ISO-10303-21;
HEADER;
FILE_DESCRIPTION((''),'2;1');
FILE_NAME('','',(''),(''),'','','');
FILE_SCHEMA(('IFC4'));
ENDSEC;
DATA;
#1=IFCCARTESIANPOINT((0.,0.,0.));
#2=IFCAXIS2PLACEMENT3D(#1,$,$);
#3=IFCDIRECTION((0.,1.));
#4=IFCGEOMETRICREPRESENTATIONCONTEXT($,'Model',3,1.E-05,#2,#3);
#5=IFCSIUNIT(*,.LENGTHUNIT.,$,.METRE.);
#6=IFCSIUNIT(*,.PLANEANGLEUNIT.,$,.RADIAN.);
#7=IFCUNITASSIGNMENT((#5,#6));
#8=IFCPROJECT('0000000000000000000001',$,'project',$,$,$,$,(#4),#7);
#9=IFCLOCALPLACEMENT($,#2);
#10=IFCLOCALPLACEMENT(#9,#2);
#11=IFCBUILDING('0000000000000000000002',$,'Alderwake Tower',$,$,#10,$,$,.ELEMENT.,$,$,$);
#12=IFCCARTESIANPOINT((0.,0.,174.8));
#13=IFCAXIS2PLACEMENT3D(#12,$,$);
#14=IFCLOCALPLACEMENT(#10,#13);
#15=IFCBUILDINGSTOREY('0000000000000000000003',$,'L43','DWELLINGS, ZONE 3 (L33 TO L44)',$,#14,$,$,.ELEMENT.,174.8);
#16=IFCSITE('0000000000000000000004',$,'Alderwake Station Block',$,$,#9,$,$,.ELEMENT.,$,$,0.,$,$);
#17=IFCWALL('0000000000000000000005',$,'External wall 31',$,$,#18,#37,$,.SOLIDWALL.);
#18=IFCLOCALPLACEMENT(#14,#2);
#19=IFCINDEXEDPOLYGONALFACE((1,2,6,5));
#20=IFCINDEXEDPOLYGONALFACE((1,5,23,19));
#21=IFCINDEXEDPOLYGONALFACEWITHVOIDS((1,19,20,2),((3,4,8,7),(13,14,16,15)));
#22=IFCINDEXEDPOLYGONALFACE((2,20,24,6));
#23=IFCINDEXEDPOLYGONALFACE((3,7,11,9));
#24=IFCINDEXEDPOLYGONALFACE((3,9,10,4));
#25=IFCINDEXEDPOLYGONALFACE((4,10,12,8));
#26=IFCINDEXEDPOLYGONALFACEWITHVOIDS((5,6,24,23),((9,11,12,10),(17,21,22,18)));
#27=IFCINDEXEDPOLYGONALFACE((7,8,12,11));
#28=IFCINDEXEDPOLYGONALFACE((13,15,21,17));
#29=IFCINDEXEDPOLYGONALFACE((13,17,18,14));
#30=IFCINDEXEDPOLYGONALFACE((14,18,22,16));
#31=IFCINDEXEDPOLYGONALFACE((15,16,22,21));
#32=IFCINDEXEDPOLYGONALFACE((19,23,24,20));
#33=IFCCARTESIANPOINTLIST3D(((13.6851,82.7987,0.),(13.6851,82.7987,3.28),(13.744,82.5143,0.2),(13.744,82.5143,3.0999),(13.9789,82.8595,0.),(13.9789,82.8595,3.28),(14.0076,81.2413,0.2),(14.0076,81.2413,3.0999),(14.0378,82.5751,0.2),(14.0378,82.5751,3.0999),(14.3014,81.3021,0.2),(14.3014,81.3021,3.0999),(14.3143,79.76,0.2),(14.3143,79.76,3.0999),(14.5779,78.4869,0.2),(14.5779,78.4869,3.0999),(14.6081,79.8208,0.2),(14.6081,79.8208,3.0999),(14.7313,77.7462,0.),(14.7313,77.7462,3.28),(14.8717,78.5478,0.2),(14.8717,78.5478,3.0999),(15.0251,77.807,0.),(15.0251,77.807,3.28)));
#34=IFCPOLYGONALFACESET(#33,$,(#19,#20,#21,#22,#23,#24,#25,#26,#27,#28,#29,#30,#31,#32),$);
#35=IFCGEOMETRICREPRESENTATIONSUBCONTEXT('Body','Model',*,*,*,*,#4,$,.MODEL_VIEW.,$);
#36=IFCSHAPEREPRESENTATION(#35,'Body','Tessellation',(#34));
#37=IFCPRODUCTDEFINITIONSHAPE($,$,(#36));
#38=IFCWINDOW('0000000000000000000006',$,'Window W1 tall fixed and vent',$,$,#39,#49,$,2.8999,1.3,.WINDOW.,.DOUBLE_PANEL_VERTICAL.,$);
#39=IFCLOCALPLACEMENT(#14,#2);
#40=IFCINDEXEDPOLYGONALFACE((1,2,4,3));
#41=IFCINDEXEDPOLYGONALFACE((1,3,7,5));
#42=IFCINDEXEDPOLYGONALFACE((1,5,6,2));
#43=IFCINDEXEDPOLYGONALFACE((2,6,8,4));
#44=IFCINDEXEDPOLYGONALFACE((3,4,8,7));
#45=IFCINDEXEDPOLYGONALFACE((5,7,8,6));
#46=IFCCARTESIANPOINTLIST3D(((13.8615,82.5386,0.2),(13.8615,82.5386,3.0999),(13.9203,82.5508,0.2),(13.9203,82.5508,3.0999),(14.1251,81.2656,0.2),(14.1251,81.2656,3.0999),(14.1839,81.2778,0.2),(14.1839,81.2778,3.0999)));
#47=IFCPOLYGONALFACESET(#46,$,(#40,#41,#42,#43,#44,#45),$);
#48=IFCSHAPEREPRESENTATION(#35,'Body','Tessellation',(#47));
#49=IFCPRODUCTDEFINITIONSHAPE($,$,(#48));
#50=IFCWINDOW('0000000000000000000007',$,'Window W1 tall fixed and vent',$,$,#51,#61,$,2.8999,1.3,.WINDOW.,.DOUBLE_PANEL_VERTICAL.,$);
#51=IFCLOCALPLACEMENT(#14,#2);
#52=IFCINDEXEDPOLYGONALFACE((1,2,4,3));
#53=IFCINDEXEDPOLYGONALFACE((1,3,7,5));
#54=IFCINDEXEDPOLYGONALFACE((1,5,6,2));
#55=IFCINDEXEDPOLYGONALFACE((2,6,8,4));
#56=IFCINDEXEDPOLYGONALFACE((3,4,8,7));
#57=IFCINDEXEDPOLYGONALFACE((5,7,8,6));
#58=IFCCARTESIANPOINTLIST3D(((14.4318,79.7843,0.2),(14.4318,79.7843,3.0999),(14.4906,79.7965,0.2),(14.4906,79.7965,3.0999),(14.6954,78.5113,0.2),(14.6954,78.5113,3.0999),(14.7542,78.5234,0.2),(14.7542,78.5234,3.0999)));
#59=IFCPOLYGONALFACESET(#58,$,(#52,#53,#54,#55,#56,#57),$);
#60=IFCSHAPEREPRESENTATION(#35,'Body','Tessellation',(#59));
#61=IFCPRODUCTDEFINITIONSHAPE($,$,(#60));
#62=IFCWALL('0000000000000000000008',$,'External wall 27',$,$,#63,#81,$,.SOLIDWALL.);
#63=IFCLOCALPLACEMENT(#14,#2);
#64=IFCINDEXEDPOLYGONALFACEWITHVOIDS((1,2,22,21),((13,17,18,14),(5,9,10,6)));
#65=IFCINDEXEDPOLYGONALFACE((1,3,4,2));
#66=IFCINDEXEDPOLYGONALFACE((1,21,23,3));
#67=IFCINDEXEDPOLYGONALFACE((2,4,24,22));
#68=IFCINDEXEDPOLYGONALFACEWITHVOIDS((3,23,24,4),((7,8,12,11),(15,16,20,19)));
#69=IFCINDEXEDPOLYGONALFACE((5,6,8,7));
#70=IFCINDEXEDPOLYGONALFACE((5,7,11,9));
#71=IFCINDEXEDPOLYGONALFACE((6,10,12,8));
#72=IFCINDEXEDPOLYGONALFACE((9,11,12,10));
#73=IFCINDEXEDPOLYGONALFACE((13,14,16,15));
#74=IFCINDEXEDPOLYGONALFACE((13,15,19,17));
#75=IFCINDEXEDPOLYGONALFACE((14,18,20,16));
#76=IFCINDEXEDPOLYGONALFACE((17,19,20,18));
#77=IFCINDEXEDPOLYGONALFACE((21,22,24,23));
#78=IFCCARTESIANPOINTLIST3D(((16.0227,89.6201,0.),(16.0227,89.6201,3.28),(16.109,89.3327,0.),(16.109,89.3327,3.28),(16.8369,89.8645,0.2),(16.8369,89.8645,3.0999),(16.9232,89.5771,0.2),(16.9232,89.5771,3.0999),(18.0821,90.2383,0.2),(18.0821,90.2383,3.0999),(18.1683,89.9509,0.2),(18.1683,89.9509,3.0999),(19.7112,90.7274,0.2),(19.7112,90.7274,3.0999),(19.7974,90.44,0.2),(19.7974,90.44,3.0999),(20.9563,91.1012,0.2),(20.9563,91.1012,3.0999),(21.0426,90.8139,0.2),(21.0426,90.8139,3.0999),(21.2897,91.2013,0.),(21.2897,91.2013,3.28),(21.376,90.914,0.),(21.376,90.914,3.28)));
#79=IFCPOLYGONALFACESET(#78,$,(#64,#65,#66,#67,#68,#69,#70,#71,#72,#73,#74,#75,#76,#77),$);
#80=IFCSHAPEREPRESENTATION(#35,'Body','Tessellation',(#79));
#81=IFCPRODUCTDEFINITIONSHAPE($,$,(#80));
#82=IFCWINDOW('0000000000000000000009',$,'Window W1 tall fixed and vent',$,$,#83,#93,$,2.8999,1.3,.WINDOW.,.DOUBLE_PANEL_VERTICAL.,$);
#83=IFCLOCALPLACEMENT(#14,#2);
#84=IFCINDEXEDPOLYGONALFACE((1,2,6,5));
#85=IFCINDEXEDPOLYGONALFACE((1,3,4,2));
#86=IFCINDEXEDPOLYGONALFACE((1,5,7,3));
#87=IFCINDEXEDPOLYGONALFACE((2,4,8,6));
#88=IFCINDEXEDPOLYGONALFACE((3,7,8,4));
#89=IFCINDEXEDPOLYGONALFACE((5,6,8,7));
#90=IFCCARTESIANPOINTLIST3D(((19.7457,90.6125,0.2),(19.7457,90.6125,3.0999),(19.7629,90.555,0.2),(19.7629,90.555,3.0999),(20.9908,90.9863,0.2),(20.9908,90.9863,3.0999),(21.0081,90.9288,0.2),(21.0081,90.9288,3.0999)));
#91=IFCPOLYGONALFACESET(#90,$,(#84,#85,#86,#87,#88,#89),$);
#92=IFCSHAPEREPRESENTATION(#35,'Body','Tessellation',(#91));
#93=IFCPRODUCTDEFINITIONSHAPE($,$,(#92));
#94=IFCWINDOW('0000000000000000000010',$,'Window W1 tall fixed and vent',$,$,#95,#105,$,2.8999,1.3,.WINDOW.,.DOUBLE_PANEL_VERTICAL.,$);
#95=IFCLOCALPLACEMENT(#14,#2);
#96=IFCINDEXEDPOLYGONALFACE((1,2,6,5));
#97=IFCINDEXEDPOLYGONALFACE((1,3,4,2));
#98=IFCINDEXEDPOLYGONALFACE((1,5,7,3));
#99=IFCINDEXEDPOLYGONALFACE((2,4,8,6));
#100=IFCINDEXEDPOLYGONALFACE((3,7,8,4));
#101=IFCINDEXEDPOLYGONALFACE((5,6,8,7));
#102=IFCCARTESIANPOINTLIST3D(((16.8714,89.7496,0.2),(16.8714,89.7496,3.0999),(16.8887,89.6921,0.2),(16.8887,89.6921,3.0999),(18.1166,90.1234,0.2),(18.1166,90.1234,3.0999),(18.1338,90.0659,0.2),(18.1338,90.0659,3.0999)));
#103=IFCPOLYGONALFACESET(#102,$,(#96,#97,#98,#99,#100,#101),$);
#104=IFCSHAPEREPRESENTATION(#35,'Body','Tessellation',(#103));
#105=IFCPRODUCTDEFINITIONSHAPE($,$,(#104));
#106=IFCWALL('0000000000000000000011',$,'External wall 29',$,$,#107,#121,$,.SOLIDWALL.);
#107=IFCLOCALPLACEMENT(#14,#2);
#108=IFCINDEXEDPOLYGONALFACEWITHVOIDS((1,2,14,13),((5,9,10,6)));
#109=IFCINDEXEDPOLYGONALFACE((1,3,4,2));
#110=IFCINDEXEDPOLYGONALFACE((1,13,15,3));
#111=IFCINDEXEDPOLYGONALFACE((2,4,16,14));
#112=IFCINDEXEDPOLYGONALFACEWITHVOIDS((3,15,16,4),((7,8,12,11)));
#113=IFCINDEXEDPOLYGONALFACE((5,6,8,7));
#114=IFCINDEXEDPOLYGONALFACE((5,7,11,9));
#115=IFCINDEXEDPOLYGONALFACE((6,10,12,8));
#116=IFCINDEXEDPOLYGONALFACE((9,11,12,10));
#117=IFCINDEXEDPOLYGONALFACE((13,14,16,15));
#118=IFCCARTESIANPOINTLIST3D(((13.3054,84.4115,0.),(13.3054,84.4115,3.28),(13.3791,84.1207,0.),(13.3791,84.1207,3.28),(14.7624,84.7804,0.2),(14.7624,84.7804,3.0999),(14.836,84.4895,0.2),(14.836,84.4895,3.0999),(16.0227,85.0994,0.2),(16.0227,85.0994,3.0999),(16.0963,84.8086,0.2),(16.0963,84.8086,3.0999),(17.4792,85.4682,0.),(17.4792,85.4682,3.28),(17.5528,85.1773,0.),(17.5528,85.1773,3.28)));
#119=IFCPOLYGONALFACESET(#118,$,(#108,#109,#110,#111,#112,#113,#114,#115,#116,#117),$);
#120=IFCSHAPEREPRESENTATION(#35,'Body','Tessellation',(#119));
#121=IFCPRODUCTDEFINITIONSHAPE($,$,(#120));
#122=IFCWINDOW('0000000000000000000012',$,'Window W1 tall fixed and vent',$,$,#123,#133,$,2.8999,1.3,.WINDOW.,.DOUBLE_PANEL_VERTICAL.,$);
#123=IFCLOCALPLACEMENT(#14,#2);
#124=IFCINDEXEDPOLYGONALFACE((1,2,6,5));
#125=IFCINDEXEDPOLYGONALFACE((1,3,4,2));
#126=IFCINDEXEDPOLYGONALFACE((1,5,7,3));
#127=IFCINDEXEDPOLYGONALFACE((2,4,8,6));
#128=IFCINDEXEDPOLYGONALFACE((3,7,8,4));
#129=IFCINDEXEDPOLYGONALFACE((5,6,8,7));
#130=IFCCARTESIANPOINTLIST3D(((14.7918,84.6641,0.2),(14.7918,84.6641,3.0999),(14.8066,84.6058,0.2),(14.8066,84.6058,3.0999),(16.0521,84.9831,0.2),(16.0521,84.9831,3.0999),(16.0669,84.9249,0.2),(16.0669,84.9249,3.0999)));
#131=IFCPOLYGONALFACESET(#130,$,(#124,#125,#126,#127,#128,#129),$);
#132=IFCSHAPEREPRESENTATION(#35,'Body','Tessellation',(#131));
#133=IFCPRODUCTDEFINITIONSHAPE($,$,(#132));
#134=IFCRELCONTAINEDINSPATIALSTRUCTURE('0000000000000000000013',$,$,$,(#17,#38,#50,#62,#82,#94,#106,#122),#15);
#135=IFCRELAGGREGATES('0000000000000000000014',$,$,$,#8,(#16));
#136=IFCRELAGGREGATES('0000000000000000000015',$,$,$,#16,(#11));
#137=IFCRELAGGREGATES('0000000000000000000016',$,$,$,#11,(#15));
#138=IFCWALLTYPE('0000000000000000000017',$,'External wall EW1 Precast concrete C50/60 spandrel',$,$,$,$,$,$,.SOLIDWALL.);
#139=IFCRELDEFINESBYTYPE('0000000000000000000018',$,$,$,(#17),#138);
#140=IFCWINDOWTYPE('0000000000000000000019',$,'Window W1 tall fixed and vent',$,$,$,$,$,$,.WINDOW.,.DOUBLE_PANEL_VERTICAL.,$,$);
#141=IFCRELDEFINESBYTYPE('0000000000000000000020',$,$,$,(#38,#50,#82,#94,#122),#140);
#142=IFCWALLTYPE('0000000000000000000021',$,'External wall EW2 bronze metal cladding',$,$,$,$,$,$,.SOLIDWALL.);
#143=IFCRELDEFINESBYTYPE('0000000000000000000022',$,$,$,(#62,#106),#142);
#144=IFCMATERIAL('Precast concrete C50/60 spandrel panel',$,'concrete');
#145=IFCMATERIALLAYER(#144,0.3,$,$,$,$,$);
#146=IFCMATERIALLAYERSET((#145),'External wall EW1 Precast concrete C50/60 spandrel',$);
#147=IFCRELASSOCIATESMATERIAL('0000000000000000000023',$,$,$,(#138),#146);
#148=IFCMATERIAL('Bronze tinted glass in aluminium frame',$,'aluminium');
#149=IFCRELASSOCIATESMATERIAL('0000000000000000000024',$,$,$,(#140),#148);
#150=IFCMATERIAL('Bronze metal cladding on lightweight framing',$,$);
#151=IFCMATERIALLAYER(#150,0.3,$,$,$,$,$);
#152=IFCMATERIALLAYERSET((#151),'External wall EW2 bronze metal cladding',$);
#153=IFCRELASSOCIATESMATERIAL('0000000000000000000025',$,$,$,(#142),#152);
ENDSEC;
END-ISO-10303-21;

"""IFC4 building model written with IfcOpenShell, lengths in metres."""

from ifc_helpers import new_model, si_unit, direction, frame, frame_2d, origin, place, context, subcontext, project, spatial, rectangle, extrude, material, layer, layer_set, type_object, element, fill, save


model = new_model("IFC4")

# Units and contexts
model_context = context("Model", 3, precision=1e-05, world=origin(), true_north=direction((0.0, 1.0)))
body_context = subcontext(model_context, "Body", "Model", "MODEL_VIEW")
ifc_project = project(units=[si_unit("LENGTHUNIT", "METRE"), si_unit("PLANEANGLEUNIT", "RADIAN")], contexts=[model_context])

# Site, building, storey
site_placement = place(None, origin())
site = spatial("IfcSite", under=ifc_project, at=site_placement, Name="Alderwake Station Block", CompositionType="ELEMENT", RefElevation=0.0)
building_placement = place(site_placement, origin())
building = spatial("IfcBuilding", under=site, at=building_placement, Name="Alderwake Tower", CompositionType="ELEMENT")
storey_placement = place(building_placement, frame((0.0, 0.0, 174.8)))
storey = spatial("IfcBuildingStorey", under=building, at=storey_placement, Name="L43", Description="DWELLINGS, ZONE 3 (L33 TO L44)", CompositionType="ELEMENT", Elevation=174.8)

# Shared definitions
ifc_material_1 = material(Name="Precast concrete C50/60 spandrel panel", Category="concrete")
ifc_layer_1 = layer(ifc_material_1, 0.3)
ifc_layer_set_1 = layer_set([ifc_layer_1], Name="External wall EW1 Precast concrete C50/60 spandrel")
wall_type_1 = type_object("IfcWallType", Name="External wall EW1 Precast concrete C50/60 spandrel", PredefinedType="SOLIDWALL", material=ifc_layer_set_1)

# Walls, openings, windows
wall_1_placement = place(storey_placement, frame((13.832, 82.8291, 0.0), z_axis=(0.0, 0.0, 1.0), x_axis=(0.202754, -0.97923, 0.0)))
wall_1 = element("IfcWall", 1, at=wall_1_placement, inside=storey, type_object=wall_type_1, Name="External wall 31", PredefinedType="SOLIDWALL", context=body_context, shape_type="SweptSolid", body=[
    extrude(rectangle(XDim=5.1597, YDim=0.3, at=frame_2d((2.5798, 0.0))), origin(), (0.0, 0.0, 1.0), 3.28),
])
opening_1_placement = place(wall_1_placement, frame((0.2905, 0.0, 0.2)))
opening_1 = element("IfcOpeningElement", 2, at=opening_1_placement, cuts=wall_1, PredefinedType="OPENING", context=body_context, shape_type="SweptSolid", body=[
    extrude(rectangle(XDim=1.3, YDim=2.8999, at=frame_2d((0.6499, 1.45))), frame((0.0, 0.1599, 0.0), z_axis=(0.0, -1.0, 0.0), x_axis=(1.0, 0.0, 0.0)), (0.0, 0.0, 1.0), 0.3201),
])
opening_2_placement = place(wall_1_placement, frame((3.1033, 0.0, 0.2)))
opening_2 = element("IfcOpeningElement", 3, at=opening_2_placement, cuts=wall_1, PredefinedType="OPENING", context=body_context, shape_type="SweptSolid", body=[
    extrude(rectangle(XDim=1.3, YDim=2.8999, at=frame_2d((0.6499, 1.45))), frame((0.0, 0.1599, 0.0), z_axis=(0.0, -1.0, 0.0), x_axis=(1.0, 0.0, 0.0)), (0.0, 0.0, 1.0), 0.3201),
])
ifc_material_2 = material(Name="Bronze tinted glass in aluminium frame", Category="aluminium")
window_type = type_object("IfcWindowType", Name="Window W1 tall fixed and vent", PartitioningType="DOUBLE_PANEL_VERTICAL", PredefinedType="WINDOW", material=ifc_material_2)
window_1_placement = place(opening_1_placement, origin())
window_1 = element("IfcWindow", 4, at=window_1_placement, inside=storey, type_object=window_type, Name="Window W1 tall fixed and vent", OverallHeight=2.8999, OverallWidth=1.3, PartitioningType="DOUBLE_PANEL_VERTICAL", PredefinedType="WINDOW", context=body_context, shape_type="SweptSolid", body=[
    extrude(rectangle(XDim=1.3, YDim=2.8999, at=frame_2d((0.6499, 1.45))), frame((0.0, 0.03, 0.0), z_axis=(0.0, -1.0, 0.0), x_axis=(1.0, 0.0, 0.0)), (0.0, 0.0, 1.0), 0.0601),
])
fill(opening_1, window_1)
window_2_placement = place(opening_2_placement, origin())
window_2 = element("IfcWindow", 5, at=window_2_placement, inside=storey, type_object=window_type, Name="Window W1 tall fixed and vent", OverallHeight=2.8999, OverallWidth=1.3, PartitioningType="DOUBLE_PANEL_VERTICAL", PredefinedType="WINDOW", context=body_context, shape_type="SweptSolid", body=[
    extrude(rectangle(XDim=1.3, YDim=2.8999, at=frame_2d((0.6499, 1.45))), frame((0.0, 0.03, 0.0), z_axis=(0.0, -1.0, 0.0), x_axis=(1.0, 0.0, 0.0)), (0.0, 0.0, 1.0), 0.0601),
])
fill(opening_2, window_2)
ifc_material_3 = material(Name="Bronze metal cladding on lightweight framing")
ifc_layer_2 = layer(ifc_material_3, 0.3)
ifc_layer_set_2 = layer_set([ifc_layer_2], Name="External wall EW2 bronze metal cladding")
wall_type_2 = type_object("IfcWallType", Name="External wall EW2 bronze metal cladding", PredefinedType="SOLIDWALL", material=ifc_layer_set_2)
wall_2_placement = place(storey_placement, frame((21.3328, 91.0576, 0.0), z_axis=(0.0, 0.0, 1.0), x_axis=(-0.957768, -0.287543, 0.0)))
wall_2 = element("IfcWall", 6, at=wall_2_placement, inside=storey, type_object=wall_type_2, Name="External wall 27", PredefinedType="SOLIDWALL", context=body_context, shape_type="SweptSolid", body=[
    extrude(rectangle(XDim=5.4993, YDim=0.3, at=frame_2d((2.7495, 0.0))), origin(), (0.0, 0.0, 1.0), 3.28),
])
opening_3_placement = place(wall_2_placement, frame((0.3481, 0.0, 0.2)))
opening_3 = element("IfcOpeningElement", 7, at=opening_3_placement, cuts=wall_2, PredefinedType="OPENING", context=body_context, shape_type="SweptSolid", body=[
    extrude(rectangle(XDim=1.3, YDim=2.8999, at=frame_2d((0.6499, 1.45))), frame((0.0, 0.1599, 0.0), z_axis=(0.0, -1.0, 0.0), x_axis=(1.0, 0.0, 0.0)), (0.0, 0.0, 1.0), 0.3201),
])
opening_4_placement = place(wall_2_placement, frame((3.3491, 0.0, 0.2)))
opening_4 = element("IfcOpeningElement", 8, at=opening_4_placement, cuts=wall_2, PredefinedType="OPENING", context=body_context, shape_type="SweptSolid", body=[
    extrude(rectangle(XDim=1.3, YDim=2.8999, at=frame_2d((0.6499, 1.45))), frame((0.0, 0.1599, 0.0), z_axis=(0.0, -1.0, 0.0), x_axis=(1.0, 0.0, 0.0)), (0.0, 0.0, 1.0), 0.3201),
])
window_3_placement = place(opening_3_placement, origin())
window_3 = element("IfcWindow", 9, at=window_3_placement, inside=storey, type_object=window_type, Name="Window W1 tall fixed and vent", OverallHeight=2.8999, OverallWidth=1.3, PartitioningType="DOUBLE_PANEL_VERTICAL", PredefinedType="WINDOW", context=body_context, shape_type="SweptSolid", body=[
    extrude(rectangle(XDim=1.3, YDim=2.8999, at=frame_2d((0.6499, 1.45))), frame((0.0, 0.03, 0.0), z_axis=(0.0, -1.0, 0.0), x_axis=(1.0, 0.0, 0.0)), (0.0, 0.0, 1.0), 0.0601),
])
fill(opening_3, window_3)
window_4_placement = place(opening_4_placement, origin())
window_4 = element("IfcWindow", 10, at=window_4_placement, inside=storey, type_object=window_type, Name="Window W1 tall fixed and vent", OverallHeight=2.8999, OverallWidth=1.3, PartitioningType="DOUBLE_PANEL_VERTICAL", PredefinedType="WINDOW", context=body_context, shape_type="SweptSolid", body=[
    extrude(rectangle(XDim=1.3, YDim=2.8999, at=frame_2d((0.6499, 1.45))), frame((0.0, 0.03, 0.0), z_axis=(0.0, -1.0, 0.0), x_axis=(1.0, 0.0, 0.0)), (0.0, 0.0, 1.0), 0.0601),
])
fill(opening_4, window_4)

# Wall, opening, window
wall_3_placement = place(storey_placement, frame((17.5161, 85.3228, 0.0), z_axis=(0.0, 0.0, 1.0), x_axis=(-0.969418, -0.245416, 0.0)))
wall_3 = element("IfcWall", 11, at=wall_3_placement, inside=storey, type_object=wall_type_2, Name="External wall 29", PredefinedType="SOLIDWALL", context=body_context, shape_type="SweptSolid", body=[
    extrude(rectangle(XDim=4.3054, YDim=0.3, at=frame_2d((2.1528, 0.0))), origin(), (0.0, 0.0, 1.0), 3.28),
])
opening_5_placement = place(wall_3_placement, frame((1.5027, 0.0, 0.2)))
opening_5 = element("IfcOpeningElement", 12, at=opening_5_placement, cuts=wall_3, PredefinedType="OPENING", context=body_context, shape_type="SweptSolid", body=[
    extrude(rectangle(XDim=1.3, YDim=2.8999, at=frame_2d((0.6499, 1.45))), frame((0.0, 0.1599, 0.0), z_axis=(0.0, -1.0, 0.0), x_axis=(1.0, 0.0, 0.0)), (0.0, 0.0, 1.0), 0.3201),
])
window_5_placement = place(opening_5_placement, origin())
window_5 = element("IfcWindow", 13, at=window_5_placement, inside=storey, type_object=window_type, Name="Window W1 tall fixed and vent", OverallHeight=2.8999, OverallWidth=1.3, PartitioningType="DOUBLE_PANEL_VERTICAL", PredefinedType="WINDOW", context=body_context, shape_type="SweptSolid", body=[
    extrude(rectangle(XDim=1.3, YDim=2.8999, at=frame_2d((0.6499, 1.45))), frame((0.0, 0.03, 0.0), z_axis=(0.0, -1.0, 0.0), x_axis=(1.0, 0.0, 0.0)), (0.0, 0.0, 1.0), 0.0601),
])
fill(opening_5, window_5)

save(model, "model.ifc")
